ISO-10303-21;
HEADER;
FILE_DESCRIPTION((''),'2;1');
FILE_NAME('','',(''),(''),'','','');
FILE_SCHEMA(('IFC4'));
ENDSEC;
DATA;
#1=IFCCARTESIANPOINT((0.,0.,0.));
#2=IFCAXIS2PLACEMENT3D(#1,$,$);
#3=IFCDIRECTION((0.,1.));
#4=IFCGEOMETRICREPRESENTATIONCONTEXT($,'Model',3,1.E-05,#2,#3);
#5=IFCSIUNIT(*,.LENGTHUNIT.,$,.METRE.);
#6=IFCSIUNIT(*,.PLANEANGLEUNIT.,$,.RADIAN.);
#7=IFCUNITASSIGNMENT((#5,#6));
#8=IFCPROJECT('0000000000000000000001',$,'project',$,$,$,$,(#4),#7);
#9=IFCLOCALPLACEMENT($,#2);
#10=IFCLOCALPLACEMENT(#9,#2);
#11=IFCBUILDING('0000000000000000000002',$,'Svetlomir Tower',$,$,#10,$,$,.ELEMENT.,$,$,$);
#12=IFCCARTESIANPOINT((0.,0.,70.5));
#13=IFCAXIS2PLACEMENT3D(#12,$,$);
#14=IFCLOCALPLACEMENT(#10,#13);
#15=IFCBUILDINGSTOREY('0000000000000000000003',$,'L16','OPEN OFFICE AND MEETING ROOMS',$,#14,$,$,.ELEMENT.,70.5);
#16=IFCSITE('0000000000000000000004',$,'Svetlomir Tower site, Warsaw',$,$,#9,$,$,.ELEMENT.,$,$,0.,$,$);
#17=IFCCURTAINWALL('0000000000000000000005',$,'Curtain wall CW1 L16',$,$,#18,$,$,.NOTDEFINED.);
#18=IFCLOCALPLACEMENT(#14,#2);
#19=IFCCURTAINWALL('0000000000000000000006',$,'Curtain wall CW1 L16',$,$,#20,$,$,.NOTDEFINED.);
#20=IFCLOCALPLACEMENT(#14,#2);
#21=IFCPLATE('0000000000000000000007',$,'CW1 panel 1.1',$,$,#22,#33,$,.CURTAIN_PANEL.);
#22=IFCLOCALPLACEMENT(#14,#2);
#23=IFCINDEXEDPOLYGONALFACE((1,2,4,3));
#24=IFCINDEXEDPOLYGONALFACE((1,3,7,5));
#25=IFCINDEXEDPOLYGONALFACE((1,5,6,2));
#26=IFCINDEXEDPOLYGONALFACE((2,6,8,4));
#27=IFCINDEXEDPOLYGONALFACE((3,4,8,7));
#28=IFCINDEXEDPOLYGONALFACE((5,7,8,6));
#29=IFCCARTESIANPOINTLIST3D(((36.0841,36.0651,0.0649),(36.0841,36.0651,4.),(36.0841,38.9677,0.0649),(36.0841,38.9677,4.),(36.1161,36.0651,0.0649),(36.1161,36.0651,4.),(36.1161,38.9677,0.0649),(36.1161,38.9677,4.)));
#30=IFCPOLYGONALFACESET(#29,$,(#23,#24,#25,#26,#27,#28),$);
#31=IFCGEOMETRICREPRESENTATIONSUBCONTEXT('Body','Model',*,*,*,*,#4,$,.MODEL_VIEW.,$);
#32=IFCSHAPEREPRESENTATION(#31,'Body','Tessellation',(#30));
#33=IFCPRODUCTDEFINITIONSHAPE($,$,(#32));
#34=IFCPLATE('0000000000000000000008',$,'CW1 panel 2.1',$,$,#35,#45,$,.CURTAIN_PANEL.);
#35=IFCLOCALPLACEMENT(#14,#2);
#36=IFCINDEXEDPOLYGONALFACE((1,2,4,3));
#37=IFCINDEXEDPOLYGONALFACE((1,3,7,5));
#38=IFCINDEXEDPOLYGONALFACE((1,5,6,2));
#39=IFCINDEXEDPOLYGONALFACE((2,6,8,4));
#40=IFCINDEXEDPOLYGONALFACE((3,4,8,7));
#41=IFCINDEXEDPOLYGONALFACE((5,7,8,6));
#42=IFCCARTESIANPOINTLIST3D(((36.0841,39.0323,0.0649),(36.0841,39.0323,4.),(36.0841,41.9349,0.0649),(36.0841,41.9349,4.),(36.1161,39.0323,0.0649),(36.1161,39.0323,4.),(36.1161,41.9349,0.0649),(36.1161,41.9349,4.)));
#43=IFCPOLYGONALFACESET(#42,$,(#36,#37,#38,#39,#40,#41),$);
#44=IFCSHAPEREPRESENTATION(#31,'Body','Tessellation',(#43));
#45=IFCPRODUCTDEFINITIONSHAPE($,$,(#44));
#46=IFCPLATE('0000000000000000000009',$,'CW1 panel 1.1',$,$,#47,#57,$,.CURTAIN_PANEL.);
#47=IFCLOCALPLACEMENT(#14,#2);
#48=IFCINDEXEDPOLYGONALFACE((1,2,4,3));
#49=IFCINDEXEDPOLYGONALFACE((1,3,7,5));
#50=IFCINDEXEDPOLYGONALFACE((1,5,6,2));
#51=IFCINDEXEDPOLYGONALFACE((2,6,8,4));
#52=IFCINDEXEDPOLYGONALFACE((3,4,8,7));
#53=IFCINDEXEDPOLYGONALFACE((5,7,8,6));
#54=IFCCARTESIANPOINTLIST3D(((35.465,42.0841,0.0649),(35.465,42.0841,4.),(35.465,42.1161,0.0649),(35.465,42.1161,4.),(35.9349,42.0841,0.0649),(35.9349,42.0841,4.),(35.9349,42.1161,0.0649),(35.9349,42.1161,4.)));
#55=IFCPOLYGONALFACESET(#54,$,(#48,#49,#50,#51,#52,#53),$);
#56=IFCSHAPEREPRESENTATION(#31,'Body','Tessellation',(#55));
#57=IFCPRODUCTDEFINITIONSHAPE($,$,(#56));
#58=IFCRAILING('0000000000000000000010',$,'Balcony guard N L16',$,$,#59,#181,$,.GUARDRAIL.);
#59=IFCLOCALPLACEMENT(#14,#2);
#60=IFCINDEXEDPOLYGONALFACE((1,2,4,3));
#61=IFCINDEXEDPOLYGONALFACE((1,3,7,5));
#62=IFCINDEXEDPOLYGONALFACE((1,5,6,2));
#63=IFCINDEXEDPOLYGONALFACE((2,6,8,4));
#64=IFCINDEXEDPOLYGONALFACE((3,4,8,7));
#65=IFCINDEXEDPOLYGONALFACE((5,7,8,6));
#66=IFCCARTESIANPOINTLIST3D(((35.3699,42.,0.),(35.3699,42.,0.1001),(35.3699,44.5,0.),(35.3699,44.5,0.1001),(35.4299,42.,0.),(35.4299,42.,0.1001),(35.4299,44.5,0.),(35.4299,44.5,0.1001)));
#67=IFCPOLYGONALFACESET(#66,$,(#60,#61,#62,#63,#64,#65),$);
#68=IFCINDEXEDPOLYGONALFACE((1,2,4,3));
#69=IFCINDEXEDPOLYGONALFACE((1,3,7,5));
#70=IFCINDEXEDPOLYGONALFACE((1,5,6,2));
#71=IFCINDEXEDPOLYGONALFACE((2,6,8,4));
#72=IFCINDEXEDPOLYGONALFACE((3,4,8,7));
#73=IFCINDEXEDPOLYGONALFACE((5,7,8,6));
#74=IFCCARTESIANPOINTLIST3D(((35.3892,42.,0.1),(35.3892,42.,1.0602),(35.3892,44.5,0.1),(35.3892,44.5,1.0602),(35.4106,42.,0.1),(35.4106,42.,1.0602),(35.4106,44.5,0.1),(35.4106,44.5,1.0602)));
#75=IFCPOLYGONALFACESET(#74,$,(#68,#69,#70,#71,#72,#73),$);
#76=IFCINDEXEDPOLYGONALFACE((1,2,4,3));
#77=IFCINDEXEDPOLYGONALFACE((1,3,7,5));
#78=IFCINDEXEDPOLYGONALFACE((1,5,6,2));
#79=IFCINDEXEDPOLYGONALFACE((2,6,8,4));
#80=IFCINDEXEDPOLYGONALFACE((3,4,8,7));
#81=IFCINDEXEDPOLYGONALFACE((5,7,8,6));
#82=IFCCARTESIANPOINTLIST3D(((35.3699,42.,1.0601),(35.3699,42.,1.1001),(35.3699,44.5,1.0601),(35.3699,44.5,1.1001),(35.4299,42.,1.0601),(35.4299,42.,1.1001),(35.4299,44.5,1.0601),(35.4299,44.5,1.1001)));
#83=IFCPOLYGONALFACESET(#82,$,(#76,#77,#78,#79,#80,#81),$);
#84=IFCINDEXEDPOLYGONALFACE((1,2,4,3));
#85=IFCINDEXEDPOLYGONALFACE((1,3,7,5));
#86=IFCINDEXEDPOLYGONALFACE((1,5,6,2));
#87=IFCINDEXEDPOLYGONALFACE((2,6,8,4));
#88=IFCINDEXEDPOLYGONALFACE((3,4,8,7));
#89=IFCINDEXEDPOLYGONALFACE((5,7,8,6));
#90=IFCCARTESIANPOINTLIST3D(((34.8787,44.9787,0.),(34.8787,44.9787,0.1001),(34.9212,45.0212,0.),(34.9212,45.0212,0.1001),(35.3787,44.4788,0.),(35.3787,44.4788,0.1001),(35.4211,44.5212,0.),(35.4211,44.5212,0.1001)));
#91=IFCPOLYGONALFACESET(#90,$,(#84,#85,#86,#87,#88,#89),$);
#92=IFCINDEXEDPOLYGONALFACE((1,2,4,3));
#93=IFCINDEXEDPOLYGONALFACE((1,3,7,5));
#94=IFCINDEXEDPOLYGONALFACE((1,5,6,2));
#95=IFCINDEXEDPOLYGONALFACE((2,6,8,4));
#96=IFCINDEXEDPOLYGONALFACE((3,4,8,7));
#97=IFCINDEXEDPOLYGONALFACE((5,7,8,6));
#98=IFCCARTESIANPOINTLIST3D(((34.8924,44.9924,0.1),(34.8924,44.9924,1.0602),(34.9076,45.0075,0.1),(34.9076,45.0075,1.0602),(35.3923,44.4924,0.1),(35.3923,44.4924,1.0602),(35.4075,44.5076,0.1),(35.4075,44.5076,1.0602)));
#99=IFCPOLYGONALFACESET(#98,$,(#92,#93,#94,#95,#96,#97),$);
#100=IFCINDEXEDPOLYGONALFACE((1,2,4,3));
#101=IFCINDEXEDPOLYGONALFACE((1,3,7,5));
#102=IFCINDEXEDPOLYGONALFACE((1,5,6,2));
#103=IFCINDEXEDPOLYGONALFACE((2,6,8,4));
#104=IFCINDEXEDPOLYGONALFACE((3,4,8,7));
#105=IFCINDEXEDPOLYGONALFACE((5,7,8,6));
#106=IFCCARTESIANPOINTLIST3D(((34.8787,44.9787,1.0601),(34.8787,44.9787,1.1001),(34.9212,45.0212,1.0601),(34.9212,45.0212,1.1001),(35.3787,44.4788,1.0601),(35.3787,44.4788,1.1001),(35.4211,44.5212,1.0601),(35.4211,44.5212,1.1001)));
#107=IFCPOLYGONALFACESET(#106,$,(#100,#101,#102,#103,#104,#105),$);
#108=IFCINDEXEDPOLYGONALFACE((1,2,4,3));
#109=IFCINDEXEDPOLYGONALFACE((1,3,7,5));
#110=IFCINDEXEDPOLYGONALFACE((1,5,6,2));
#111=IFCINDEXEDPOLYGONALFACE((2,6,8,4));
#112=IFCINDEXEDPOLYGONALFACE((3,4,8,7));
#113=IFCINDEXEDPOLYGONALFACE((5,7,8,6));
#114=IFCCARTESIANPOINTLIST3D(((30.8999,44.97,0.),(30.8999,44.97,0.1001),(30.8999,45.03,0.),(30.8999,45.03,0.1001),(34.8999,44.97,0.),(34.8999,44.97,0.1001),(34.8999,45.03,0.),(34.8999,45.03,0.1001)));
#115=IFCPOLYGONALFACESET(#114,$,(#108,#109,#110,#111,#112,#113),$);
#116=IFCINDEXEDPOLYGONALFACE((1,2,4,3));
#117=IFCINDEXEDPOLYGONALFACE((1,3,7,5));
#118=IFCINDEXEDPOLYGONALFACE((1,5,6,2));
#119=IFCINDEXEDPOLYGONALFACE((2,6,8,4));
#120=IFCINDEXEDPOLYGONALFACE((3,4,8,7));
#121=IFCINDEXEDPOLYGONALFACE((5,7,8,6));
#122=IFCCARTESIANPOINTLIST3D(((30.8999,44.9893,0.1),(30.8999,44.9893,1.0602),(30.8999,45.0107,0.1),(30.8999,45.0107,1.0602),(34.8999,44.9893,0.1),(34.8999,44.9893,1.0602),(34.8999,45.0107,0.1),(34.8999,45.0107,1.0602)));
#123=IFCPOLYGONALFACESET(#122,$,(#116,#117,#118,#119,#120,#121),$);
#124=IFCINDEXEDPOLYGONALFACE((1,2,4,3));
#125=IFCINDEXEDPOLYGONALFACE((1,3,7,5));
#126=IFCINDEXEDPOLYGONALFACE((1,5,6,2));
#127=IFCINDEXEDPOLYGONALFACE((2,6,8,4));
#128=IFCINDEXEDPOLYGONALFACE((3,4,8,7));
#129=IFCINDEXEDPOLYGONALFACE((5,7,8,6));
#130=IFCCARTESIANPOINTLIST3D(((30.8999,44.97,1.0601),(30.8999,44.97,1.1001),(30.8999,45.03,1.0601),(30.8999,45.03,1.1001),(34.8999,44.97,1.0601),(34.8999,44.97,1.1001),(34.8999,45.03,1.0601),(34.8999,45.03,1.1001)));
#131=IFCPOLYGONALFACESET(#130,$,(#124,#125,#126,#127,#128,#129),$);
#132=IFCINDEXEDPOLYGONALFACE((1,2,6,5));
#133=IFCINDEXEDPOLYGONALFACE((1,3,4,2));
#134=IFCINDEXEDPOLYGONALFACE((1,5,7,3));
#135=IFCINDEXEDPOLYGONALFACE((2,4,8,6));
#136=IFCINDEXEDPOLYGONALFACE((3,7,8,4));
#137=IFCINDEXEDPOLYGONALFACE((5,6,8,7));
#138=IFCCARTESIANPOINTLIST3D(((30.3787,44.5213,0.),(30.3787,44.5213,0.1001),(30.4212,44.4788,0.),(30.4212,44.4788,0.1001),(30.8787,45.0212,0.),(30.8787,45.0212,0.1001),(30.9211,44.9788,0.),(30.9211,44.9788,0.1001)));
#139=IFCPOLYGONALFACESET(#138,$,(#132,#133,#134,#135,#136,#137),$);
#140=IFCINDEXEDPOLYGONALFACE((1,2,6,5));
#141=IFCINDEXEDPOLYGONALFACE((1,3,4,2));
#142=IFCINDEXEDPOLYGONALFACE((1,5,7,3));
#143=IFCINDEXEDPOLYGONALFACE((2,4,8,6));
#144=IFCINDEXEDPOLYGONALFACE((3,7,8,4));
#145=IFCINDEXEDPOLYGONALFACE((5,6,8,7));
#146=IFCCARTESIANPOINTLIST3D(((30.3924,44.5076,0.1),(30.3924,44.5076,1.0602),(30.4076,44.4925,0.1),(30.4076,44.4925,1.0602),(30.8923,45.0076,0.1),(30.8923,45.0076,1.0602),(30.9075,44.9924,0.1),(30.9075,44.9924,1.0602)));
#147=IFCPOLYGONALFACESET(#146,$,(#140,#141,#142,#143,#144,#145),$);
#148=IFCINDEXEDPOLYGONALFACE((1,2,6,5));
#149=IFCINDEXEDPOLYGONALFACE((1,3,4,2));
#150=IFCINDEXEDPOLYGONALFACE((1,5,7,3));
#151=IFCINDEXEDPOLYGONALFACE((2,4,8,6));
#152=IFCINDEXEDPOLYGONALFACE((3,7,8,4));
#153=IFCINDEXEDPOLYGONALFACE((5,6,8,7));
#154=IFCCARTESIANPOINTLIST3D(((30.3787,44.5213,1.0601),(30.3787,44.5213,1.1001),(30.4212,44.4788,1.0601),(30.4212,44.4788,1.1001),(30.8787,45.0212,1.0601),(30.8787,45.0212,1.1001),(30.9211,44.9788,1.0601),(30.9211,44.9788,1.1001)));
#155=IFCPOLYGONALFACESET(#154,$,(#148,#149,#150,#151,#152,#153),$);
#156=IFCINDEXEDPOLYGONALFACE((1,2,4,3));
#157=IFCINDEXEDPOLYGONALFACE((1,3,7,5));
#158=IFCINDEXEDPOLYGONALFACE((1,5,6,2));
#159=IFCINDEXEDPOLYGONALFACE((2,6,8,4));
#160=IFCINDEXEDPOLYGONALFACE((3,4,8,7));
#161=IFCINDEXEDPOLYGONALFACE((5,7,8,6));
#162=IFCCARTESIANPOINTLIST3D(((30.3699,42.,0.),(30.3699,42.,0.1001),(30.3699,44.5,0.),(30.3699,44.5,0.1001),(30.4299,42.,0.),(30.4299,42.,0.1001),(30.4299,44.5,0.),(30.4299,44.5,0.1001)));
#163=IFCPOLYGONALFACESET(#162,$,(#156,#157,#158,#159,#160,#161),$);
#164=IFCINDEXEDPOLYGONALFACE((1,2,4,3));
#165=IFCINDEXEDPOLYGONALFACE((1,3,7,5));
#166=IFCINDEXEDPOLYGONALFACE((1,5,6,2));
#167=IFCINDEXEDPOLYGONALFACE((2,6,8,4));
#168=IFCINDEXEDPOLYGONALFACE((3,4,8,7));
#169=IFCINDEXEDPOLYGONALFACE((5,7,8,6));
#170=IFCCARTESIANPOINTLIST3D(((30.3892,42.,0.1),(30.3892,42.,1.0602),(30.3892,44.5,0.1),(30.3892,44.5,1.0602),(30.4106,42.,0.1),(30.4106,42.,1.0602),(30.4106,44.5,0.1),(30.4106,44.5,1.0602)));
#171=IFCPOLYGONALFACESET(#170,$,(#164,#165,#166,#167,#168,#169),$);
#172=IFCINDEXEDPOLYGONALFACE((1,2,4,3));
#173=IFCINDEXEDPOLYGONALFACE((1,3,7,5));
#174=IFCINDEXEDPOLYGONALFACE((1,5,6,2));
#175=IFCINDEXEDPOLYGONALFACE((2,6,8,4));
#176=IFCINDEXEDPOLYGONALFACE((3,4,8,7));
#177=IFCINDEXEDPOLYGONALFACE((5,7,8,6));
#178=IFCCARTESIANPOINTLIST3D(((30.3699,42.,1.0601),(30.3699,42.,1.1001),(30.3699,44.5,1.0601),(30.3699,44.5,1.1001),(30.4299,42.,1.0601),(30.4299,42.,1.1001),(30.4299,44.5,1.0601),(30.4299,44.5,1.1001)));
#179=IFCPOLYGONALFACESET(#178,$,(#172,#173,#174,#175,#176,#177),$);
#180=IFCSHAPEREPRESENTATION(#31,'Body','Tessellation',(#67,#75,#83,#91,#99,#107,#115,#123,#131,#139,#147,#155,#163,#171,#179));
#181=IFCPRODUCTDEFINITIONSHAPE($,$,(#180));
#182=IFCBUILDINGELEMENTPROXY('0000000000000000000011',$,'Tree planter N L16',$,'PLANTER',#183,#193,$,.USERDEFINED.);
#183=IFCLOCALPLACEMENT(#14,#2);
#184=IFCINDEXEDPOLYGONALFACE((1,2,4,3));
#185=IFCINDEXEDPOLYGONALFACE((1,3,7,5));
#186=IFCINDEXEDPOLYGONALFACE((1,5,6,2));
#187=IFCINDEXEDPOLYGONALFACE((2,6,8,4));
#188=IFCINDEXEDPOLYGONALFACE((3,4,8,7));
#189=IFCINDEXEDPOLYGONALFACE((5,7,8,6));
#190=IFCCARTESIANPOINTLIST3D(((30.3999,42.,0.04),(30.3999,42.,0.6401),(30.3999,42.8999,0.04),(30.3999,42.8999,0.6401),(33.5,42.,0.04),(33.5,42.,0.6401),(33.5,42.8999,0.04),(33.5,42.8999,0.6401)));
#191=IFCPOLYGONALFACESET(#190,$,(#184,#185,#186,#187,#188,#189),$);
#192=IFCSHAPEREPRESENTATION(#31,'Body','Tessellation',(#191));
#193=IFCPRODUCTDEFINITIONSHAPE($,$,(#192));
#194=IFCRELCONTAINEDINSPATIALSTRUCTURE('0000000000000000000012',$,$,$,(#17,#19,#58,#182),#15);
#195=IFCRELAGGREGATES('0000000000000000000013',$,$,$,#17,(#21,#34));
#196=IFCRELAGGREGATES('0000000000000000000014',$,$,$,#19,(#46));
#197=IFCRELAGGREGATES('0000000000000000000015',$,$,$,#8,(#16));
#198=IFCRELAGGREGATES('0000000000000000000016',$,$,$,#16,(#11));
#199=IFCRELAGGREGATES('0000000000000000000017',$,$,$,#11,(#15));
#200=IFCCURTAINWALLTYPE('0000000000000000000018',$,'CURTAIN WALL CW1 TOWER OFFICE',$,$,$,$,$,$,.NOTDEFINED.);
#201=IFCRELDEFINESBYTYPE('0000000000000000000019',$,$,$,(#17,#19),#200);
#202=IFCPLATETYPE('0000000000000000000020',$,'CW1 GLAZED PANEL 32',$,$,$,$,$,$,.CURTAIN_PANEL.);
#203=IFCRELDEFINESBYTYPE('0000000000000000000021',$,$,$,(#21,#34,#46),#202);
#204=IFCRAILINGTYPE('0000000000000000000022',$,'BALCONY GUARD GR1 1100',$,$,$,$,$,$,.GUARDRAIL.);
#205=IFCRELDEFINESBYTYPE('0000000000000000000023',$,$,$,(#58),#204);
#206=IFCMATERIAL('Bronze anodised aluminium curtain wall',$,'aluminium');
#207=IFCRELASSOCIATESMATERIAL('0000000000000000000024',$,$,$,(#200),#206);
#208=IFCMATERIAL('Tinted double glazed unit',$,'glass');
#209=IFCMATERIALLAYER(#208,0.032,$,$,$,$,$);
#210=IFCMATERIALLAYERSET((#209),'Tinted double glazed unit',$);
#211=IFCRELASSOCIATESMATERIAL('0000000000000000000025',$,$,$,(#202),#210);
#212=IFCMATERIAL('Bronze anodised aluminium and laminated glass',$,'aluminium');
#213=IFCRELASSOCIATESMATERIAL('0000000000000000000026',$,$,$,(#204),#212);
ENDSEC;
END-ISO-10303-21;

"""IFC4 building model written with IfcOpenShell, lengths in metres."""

from ifc_helpers import new_model, si_unit, direction, frame, origin, origin_2d, place, context, subcontext, project, spatial, rectangle, extrude, material, layer, layer_set, type_object, element, aggregate, save


model = new_model("IFC4")

# Units and contexts
model_context = context("Model", 3, precision=1e-05, world=origin(), true_north=direction((0.0, 1.0)))
body_context = subcontext(model_context, "Body", "Model", "MODEL_VIEW")
ifc_project = project(units=[si_unit("LENGTHUNIT", "METRE"), si_unit("PLANEANGLEUNIT", "RADIAN")], contexts=[model_context])

# Site, building, storey
site_placement = place(None, origin())
site = spatial("IfcSite", under=ifc_project, at=site_placement, Name="Svetlomir Tower site, Warsaw", CompositionType="ELEMENT", RefElevation=0.0)
building_placement = place(site_placement, origin())
building = spatial("IfcBuilding", under=site, at=building_placement, Name="Svetlomir Tower", CompositionType="ELEMENT")
storey_placement = place(building_placement, frame((0.0, 0.0, 70.5)))
storey = spatial("IfcBuildingStorey", under=building, at=storey_placement, Name="L16", Description="OPEN OFFICE AND MEETING ROOMS", CompositionType="ELEMENT", Elevation=70.5)

# Shared definitions
ifc_material_1 = material(Name="Bronze anodised aluminium curtain wall", Category="aluminium")
curtain_wall_type = type_object("IfcCurtainWallType", Name="CURTAIN WALL CW1 TOWER OFFICE", PredefinedType="NOTDEFINED", material=ifc_material_1)

# Curtain walls
curtain_wall_1_placement = place(storey_placement, origin())
curtain_wall_1 = element("IfcCurtainWall", 1, at=curtain_wall_1_placement, inside=storey, type_object=curtain_wall_type, Name="Curtain wall CW1 L16", PredefinedType="NOTDEFINED")
curtain_wall_2_placement = place(storey_placement, origin())
curtain_wall_2 = element("IfcCurtainWall", 2, at=curtain_wall_2_placement, inside=storey, type_object=curtain_wall_type, Name="Curtain wall CW1 L16", PredefinedType="NOTDEFINED")

# Plates
ifc_material_2 = material(Name="Tinted double glazed unit", Category="glass")
ifc_layer_1 = layer(ifc_material_2, 0.032)
ifc_layer_set_1 = layer_set([ifc_layer_1], Name="Tinted double glazed unit")
plate_type = type_object("IfcPlateType", Name="CW1 GLAZED PANEL 32", PredefinedType="CURTAIN_PANEL", material=ifc_layer_set_1)
plate_1_placement = place(storey_placement, frame((36.1001, 37.5164, 0.0649), z_axis=(0.0, 0.0, 1.0), x_axis=(0.0, 1.0, 0.0)))
plate_1 = element("IfcPlate", 3, at=plate_1_placement, type_object=plate_type, Name="CW1 panel 1.1", PredefinedType="CURTAIN_PANEL", context=body_context, shape_type="SweptSolid", body=[
    extrude(rectangle(XDim=2.9026, YDim=0.032, at=origin_2d()), origin(), (0.0, 0.0, 1.0), 3.9351),
])
plate_2_placement = place(storey_placement, frame((36.1001, 40.4836, 0.0649), z_axis=(0.0, 0.0, 1.0), x_axis=(0.0, 1.0, 0.0)))
plate_2 = element("IfcPlate", 4, at=plate_2_placement, type_object=plate_type, Name="CW1 panel 2.1", PredefinedType="CURTAIN_PANEL", context=body_context, shape_type="SweptSolid", body=[
    extrude(rectangle(XDim=2.9026, YDim=0.032, at=origin_2d()), origin(), (0.0, 0.0, 1.0), 3.9351),
])
aggregate(curtain_wall_1, [plate_1, plate_2])
plate_3_placement = place(storey_placement, frame((35.7, 42.1001, 0.0649), z_axis=(0.0, 0.0, 1.0), x_axis=(-1.0, 0.0, 0.0)))
plate_3 = element("IfcPlate", 5, at=plate_3_placement, type_object=plate_type, Name="CW1 panel 1.1", PredefinedType="CURTAIN_PANEL", context=body_context, shape_type="SweptSolid", body=[
    extrude(rectangle(XDim=0.47, YDim=0.032, at=origin_2d()), origin(), (0.0, 0.0, 1.0), 3.9351),
])
aggregate(curtain_wall_2, [plate_3])

# Railing
ifc_material_3 = material(Name="Bronze anodised aluminium and laminated glass", Category="aluminium")
railing_type = type_object("IfcRailingType", Name="BALCONY GUARD GR1 1100", PredefinedType="GUARDRAIL", material=ifc_material_3)
railing_placement = place(storey_placement, frame((35.3999, 42.0, 0.0)))
element("IfcRailing", 6, at=railing_placement, inside=storey, type_object=railing_type, Name="Balcony guard N L16", PredefinedType="GUARDRAIL", context=body_context, shape_type="SweptSolid", body=[
    extrude(rectangle(XDim=0.0601, YDim=0.1001, at=origin_2d()), frame((0.0, 0.0, 0.05), z_axis=(0.0, 1.0, 0.0), x_axis=(-1.0, 0.0, 0.0)), (0.0, 0.0, 1.0), 2.5),
    extrude(rectangle(XDim=0.0215, YDim=0.9602, at=origin_2d()), frame((0.0, 0.0, 0.5801), z_axis=(0.0, 1.0, 0.0), x_axis=(-1.0, 0.0, 0.0)), (0.0, 0.0, 1.0), 2.5),
    extrude(rectangle(XDim=0.0601, YDim=0.04, at=origin_2d()), frame((0.0, 0.0, 1.0801), z_axis=(0.0, 1.0, 0.0), x_axis=(-1.0, 0.0, 0.0)), (0.0, 0.0, 1.0), 2.5),
    extrude(rectangle(XDim=0.0601, YDim=0.1001, at=origin_2d()), frame((0.0, 2.5, 0.05), z_axis=(-0.707107, 0.707107, 0.0), x_axis=(-0.707107, -0.707107, 0.0)), (0.0, 0.0, 1.0), 0.707),
    extrude(rectangle(XDim=0.0215, YDim=0.9602, at=origin_2d()), frame((0.0, 2.5, 0.5801), z_axis=(-0.707107, 0.707107, 0.0), x_axis=(-0.707107, -0.707107, 0.0)), (0.0, 0.0, 1.0), 0.707),
    extrude(rectangle(XDim=0.0601, YDim=0.04, at=origin_2d()), frame((0.0, 2.5, 1.0801), z_axis=(-0.707107, 0.707107, 0.0), x_axis=(-0.707107, -0.707107, 0.0)), (0.0, 0.0, 1.0), 0.707),
    extrude(rectangle(XDim=0.0601, YDim=0.1001, at=origin_2d()), frame((-0.5, 3.0, 0.05), z_axis=(-1.0, 0.0, 0.0), x_axis=(0.0, -1.0, 0.0)), (0.0, 0.0, 1.0), 4.0),
    extrude(rectangle(XDim=0.0215, YDim=0.9602, at=origin_2d()), frame((-0.5, 3.0, 0.5801), z_axis=(-1.0, 0.0, 0.0), x_axis=(0.0, -1.0, 0.0)), (0.0, 0.0, 1.0), 4.0),
    extrude(rectangle(XDim=0.0601, YDim=0.04, at=origin_2d()), frame((-0.5, 3.0, 1.0801), z_axis=(-1.0, 0.0, 0.0), x_axis=(0.0, -1.0, 0.0)), (0.0, 0.0, 1.0), 4.0),
    extrude(rectangle(XDim=0.0601, YDim=0.1001, at=origin_2d()), frame((-4.5, 3.0, 0.05), z_axis=(-0.707107, -0.707107, 0.0), x_axis=(0.707107, -0.707107, 0.0)), (0.0, 0.0, 1.0), 0.707),
    extrude(rectangle(XDim=0.0215, YDim=0.9602, at=origin_2d()), frame((-4.5, 3.0, 0.5801), z_axis=(-0.707107, -0.707107, 0.0), x_axis=(0.707107, -0.707107, 0.0)), (0.0, 0.0, 1.0), 0.707),
    extrude(rectangle(XDim=0.0601, YDim=0.04, at=origin_2d()), frame((-4.5, 3.0, 1.0801), z_axis=(-0.707107, -0.707107, 0.0), x_axis=(0.707107, -0.707107, 0.0)), (0.0, 0.0, 1.0), 0.707),
    extrude(rectangle(XDim=0.0601, YDim=0.1001, at=origin_2d()), frame((-5.0, 2.5, 0.05), z_axis=(0.0, -1.0, 0.0), x_axis=(1.0, 0.0, 0.0)), (0.0, 0.0, 1.0), 2.5),
    extrude(rectangle(XDim=0.0215, YDim=0.9602, at=origin_2d()), frame((-5.0, 2.5, 0.5801), z_axis=(0.0, -1.0, 0.0), x_axis=(1.0, 0.0, 0.0)), (0.0, 0.0, 1.0), 2.5),
    extrude(rectangle(XDim=0.0601, YDim=0.04, at=origin_2d()), frame((-5.0, 2.5, 1.0801), z_axis=(0.0, -1.0, 0.0), x_axis=(1.0, 0.0, 0.0)), (0.0, 0.0, 1.0), 2.5),
])

# Building element proxy
proxy_placement = place(storey_placement, frame((31.95, 42.45, 0.04), z_axis=(0.0, 0.0, 1.0), x_axis=(1.0, 0.0, 0.0)))
element("IfcBuildingElementProxy", 7, at=proxy_placement, inside=storey, Name="Tree planter N L16", ObjectType="PLANTER", PredefinedType="USERDEFINED", context=body_context, shape_type="SweptSolid", body=[
    extrude(rectangle(XDim=3.1001, YDim=0.8999, at=origin_2d()), origin(), (0.0, 0.0, 1.0), 0.6001),
])

save(model, "model.ifc")
